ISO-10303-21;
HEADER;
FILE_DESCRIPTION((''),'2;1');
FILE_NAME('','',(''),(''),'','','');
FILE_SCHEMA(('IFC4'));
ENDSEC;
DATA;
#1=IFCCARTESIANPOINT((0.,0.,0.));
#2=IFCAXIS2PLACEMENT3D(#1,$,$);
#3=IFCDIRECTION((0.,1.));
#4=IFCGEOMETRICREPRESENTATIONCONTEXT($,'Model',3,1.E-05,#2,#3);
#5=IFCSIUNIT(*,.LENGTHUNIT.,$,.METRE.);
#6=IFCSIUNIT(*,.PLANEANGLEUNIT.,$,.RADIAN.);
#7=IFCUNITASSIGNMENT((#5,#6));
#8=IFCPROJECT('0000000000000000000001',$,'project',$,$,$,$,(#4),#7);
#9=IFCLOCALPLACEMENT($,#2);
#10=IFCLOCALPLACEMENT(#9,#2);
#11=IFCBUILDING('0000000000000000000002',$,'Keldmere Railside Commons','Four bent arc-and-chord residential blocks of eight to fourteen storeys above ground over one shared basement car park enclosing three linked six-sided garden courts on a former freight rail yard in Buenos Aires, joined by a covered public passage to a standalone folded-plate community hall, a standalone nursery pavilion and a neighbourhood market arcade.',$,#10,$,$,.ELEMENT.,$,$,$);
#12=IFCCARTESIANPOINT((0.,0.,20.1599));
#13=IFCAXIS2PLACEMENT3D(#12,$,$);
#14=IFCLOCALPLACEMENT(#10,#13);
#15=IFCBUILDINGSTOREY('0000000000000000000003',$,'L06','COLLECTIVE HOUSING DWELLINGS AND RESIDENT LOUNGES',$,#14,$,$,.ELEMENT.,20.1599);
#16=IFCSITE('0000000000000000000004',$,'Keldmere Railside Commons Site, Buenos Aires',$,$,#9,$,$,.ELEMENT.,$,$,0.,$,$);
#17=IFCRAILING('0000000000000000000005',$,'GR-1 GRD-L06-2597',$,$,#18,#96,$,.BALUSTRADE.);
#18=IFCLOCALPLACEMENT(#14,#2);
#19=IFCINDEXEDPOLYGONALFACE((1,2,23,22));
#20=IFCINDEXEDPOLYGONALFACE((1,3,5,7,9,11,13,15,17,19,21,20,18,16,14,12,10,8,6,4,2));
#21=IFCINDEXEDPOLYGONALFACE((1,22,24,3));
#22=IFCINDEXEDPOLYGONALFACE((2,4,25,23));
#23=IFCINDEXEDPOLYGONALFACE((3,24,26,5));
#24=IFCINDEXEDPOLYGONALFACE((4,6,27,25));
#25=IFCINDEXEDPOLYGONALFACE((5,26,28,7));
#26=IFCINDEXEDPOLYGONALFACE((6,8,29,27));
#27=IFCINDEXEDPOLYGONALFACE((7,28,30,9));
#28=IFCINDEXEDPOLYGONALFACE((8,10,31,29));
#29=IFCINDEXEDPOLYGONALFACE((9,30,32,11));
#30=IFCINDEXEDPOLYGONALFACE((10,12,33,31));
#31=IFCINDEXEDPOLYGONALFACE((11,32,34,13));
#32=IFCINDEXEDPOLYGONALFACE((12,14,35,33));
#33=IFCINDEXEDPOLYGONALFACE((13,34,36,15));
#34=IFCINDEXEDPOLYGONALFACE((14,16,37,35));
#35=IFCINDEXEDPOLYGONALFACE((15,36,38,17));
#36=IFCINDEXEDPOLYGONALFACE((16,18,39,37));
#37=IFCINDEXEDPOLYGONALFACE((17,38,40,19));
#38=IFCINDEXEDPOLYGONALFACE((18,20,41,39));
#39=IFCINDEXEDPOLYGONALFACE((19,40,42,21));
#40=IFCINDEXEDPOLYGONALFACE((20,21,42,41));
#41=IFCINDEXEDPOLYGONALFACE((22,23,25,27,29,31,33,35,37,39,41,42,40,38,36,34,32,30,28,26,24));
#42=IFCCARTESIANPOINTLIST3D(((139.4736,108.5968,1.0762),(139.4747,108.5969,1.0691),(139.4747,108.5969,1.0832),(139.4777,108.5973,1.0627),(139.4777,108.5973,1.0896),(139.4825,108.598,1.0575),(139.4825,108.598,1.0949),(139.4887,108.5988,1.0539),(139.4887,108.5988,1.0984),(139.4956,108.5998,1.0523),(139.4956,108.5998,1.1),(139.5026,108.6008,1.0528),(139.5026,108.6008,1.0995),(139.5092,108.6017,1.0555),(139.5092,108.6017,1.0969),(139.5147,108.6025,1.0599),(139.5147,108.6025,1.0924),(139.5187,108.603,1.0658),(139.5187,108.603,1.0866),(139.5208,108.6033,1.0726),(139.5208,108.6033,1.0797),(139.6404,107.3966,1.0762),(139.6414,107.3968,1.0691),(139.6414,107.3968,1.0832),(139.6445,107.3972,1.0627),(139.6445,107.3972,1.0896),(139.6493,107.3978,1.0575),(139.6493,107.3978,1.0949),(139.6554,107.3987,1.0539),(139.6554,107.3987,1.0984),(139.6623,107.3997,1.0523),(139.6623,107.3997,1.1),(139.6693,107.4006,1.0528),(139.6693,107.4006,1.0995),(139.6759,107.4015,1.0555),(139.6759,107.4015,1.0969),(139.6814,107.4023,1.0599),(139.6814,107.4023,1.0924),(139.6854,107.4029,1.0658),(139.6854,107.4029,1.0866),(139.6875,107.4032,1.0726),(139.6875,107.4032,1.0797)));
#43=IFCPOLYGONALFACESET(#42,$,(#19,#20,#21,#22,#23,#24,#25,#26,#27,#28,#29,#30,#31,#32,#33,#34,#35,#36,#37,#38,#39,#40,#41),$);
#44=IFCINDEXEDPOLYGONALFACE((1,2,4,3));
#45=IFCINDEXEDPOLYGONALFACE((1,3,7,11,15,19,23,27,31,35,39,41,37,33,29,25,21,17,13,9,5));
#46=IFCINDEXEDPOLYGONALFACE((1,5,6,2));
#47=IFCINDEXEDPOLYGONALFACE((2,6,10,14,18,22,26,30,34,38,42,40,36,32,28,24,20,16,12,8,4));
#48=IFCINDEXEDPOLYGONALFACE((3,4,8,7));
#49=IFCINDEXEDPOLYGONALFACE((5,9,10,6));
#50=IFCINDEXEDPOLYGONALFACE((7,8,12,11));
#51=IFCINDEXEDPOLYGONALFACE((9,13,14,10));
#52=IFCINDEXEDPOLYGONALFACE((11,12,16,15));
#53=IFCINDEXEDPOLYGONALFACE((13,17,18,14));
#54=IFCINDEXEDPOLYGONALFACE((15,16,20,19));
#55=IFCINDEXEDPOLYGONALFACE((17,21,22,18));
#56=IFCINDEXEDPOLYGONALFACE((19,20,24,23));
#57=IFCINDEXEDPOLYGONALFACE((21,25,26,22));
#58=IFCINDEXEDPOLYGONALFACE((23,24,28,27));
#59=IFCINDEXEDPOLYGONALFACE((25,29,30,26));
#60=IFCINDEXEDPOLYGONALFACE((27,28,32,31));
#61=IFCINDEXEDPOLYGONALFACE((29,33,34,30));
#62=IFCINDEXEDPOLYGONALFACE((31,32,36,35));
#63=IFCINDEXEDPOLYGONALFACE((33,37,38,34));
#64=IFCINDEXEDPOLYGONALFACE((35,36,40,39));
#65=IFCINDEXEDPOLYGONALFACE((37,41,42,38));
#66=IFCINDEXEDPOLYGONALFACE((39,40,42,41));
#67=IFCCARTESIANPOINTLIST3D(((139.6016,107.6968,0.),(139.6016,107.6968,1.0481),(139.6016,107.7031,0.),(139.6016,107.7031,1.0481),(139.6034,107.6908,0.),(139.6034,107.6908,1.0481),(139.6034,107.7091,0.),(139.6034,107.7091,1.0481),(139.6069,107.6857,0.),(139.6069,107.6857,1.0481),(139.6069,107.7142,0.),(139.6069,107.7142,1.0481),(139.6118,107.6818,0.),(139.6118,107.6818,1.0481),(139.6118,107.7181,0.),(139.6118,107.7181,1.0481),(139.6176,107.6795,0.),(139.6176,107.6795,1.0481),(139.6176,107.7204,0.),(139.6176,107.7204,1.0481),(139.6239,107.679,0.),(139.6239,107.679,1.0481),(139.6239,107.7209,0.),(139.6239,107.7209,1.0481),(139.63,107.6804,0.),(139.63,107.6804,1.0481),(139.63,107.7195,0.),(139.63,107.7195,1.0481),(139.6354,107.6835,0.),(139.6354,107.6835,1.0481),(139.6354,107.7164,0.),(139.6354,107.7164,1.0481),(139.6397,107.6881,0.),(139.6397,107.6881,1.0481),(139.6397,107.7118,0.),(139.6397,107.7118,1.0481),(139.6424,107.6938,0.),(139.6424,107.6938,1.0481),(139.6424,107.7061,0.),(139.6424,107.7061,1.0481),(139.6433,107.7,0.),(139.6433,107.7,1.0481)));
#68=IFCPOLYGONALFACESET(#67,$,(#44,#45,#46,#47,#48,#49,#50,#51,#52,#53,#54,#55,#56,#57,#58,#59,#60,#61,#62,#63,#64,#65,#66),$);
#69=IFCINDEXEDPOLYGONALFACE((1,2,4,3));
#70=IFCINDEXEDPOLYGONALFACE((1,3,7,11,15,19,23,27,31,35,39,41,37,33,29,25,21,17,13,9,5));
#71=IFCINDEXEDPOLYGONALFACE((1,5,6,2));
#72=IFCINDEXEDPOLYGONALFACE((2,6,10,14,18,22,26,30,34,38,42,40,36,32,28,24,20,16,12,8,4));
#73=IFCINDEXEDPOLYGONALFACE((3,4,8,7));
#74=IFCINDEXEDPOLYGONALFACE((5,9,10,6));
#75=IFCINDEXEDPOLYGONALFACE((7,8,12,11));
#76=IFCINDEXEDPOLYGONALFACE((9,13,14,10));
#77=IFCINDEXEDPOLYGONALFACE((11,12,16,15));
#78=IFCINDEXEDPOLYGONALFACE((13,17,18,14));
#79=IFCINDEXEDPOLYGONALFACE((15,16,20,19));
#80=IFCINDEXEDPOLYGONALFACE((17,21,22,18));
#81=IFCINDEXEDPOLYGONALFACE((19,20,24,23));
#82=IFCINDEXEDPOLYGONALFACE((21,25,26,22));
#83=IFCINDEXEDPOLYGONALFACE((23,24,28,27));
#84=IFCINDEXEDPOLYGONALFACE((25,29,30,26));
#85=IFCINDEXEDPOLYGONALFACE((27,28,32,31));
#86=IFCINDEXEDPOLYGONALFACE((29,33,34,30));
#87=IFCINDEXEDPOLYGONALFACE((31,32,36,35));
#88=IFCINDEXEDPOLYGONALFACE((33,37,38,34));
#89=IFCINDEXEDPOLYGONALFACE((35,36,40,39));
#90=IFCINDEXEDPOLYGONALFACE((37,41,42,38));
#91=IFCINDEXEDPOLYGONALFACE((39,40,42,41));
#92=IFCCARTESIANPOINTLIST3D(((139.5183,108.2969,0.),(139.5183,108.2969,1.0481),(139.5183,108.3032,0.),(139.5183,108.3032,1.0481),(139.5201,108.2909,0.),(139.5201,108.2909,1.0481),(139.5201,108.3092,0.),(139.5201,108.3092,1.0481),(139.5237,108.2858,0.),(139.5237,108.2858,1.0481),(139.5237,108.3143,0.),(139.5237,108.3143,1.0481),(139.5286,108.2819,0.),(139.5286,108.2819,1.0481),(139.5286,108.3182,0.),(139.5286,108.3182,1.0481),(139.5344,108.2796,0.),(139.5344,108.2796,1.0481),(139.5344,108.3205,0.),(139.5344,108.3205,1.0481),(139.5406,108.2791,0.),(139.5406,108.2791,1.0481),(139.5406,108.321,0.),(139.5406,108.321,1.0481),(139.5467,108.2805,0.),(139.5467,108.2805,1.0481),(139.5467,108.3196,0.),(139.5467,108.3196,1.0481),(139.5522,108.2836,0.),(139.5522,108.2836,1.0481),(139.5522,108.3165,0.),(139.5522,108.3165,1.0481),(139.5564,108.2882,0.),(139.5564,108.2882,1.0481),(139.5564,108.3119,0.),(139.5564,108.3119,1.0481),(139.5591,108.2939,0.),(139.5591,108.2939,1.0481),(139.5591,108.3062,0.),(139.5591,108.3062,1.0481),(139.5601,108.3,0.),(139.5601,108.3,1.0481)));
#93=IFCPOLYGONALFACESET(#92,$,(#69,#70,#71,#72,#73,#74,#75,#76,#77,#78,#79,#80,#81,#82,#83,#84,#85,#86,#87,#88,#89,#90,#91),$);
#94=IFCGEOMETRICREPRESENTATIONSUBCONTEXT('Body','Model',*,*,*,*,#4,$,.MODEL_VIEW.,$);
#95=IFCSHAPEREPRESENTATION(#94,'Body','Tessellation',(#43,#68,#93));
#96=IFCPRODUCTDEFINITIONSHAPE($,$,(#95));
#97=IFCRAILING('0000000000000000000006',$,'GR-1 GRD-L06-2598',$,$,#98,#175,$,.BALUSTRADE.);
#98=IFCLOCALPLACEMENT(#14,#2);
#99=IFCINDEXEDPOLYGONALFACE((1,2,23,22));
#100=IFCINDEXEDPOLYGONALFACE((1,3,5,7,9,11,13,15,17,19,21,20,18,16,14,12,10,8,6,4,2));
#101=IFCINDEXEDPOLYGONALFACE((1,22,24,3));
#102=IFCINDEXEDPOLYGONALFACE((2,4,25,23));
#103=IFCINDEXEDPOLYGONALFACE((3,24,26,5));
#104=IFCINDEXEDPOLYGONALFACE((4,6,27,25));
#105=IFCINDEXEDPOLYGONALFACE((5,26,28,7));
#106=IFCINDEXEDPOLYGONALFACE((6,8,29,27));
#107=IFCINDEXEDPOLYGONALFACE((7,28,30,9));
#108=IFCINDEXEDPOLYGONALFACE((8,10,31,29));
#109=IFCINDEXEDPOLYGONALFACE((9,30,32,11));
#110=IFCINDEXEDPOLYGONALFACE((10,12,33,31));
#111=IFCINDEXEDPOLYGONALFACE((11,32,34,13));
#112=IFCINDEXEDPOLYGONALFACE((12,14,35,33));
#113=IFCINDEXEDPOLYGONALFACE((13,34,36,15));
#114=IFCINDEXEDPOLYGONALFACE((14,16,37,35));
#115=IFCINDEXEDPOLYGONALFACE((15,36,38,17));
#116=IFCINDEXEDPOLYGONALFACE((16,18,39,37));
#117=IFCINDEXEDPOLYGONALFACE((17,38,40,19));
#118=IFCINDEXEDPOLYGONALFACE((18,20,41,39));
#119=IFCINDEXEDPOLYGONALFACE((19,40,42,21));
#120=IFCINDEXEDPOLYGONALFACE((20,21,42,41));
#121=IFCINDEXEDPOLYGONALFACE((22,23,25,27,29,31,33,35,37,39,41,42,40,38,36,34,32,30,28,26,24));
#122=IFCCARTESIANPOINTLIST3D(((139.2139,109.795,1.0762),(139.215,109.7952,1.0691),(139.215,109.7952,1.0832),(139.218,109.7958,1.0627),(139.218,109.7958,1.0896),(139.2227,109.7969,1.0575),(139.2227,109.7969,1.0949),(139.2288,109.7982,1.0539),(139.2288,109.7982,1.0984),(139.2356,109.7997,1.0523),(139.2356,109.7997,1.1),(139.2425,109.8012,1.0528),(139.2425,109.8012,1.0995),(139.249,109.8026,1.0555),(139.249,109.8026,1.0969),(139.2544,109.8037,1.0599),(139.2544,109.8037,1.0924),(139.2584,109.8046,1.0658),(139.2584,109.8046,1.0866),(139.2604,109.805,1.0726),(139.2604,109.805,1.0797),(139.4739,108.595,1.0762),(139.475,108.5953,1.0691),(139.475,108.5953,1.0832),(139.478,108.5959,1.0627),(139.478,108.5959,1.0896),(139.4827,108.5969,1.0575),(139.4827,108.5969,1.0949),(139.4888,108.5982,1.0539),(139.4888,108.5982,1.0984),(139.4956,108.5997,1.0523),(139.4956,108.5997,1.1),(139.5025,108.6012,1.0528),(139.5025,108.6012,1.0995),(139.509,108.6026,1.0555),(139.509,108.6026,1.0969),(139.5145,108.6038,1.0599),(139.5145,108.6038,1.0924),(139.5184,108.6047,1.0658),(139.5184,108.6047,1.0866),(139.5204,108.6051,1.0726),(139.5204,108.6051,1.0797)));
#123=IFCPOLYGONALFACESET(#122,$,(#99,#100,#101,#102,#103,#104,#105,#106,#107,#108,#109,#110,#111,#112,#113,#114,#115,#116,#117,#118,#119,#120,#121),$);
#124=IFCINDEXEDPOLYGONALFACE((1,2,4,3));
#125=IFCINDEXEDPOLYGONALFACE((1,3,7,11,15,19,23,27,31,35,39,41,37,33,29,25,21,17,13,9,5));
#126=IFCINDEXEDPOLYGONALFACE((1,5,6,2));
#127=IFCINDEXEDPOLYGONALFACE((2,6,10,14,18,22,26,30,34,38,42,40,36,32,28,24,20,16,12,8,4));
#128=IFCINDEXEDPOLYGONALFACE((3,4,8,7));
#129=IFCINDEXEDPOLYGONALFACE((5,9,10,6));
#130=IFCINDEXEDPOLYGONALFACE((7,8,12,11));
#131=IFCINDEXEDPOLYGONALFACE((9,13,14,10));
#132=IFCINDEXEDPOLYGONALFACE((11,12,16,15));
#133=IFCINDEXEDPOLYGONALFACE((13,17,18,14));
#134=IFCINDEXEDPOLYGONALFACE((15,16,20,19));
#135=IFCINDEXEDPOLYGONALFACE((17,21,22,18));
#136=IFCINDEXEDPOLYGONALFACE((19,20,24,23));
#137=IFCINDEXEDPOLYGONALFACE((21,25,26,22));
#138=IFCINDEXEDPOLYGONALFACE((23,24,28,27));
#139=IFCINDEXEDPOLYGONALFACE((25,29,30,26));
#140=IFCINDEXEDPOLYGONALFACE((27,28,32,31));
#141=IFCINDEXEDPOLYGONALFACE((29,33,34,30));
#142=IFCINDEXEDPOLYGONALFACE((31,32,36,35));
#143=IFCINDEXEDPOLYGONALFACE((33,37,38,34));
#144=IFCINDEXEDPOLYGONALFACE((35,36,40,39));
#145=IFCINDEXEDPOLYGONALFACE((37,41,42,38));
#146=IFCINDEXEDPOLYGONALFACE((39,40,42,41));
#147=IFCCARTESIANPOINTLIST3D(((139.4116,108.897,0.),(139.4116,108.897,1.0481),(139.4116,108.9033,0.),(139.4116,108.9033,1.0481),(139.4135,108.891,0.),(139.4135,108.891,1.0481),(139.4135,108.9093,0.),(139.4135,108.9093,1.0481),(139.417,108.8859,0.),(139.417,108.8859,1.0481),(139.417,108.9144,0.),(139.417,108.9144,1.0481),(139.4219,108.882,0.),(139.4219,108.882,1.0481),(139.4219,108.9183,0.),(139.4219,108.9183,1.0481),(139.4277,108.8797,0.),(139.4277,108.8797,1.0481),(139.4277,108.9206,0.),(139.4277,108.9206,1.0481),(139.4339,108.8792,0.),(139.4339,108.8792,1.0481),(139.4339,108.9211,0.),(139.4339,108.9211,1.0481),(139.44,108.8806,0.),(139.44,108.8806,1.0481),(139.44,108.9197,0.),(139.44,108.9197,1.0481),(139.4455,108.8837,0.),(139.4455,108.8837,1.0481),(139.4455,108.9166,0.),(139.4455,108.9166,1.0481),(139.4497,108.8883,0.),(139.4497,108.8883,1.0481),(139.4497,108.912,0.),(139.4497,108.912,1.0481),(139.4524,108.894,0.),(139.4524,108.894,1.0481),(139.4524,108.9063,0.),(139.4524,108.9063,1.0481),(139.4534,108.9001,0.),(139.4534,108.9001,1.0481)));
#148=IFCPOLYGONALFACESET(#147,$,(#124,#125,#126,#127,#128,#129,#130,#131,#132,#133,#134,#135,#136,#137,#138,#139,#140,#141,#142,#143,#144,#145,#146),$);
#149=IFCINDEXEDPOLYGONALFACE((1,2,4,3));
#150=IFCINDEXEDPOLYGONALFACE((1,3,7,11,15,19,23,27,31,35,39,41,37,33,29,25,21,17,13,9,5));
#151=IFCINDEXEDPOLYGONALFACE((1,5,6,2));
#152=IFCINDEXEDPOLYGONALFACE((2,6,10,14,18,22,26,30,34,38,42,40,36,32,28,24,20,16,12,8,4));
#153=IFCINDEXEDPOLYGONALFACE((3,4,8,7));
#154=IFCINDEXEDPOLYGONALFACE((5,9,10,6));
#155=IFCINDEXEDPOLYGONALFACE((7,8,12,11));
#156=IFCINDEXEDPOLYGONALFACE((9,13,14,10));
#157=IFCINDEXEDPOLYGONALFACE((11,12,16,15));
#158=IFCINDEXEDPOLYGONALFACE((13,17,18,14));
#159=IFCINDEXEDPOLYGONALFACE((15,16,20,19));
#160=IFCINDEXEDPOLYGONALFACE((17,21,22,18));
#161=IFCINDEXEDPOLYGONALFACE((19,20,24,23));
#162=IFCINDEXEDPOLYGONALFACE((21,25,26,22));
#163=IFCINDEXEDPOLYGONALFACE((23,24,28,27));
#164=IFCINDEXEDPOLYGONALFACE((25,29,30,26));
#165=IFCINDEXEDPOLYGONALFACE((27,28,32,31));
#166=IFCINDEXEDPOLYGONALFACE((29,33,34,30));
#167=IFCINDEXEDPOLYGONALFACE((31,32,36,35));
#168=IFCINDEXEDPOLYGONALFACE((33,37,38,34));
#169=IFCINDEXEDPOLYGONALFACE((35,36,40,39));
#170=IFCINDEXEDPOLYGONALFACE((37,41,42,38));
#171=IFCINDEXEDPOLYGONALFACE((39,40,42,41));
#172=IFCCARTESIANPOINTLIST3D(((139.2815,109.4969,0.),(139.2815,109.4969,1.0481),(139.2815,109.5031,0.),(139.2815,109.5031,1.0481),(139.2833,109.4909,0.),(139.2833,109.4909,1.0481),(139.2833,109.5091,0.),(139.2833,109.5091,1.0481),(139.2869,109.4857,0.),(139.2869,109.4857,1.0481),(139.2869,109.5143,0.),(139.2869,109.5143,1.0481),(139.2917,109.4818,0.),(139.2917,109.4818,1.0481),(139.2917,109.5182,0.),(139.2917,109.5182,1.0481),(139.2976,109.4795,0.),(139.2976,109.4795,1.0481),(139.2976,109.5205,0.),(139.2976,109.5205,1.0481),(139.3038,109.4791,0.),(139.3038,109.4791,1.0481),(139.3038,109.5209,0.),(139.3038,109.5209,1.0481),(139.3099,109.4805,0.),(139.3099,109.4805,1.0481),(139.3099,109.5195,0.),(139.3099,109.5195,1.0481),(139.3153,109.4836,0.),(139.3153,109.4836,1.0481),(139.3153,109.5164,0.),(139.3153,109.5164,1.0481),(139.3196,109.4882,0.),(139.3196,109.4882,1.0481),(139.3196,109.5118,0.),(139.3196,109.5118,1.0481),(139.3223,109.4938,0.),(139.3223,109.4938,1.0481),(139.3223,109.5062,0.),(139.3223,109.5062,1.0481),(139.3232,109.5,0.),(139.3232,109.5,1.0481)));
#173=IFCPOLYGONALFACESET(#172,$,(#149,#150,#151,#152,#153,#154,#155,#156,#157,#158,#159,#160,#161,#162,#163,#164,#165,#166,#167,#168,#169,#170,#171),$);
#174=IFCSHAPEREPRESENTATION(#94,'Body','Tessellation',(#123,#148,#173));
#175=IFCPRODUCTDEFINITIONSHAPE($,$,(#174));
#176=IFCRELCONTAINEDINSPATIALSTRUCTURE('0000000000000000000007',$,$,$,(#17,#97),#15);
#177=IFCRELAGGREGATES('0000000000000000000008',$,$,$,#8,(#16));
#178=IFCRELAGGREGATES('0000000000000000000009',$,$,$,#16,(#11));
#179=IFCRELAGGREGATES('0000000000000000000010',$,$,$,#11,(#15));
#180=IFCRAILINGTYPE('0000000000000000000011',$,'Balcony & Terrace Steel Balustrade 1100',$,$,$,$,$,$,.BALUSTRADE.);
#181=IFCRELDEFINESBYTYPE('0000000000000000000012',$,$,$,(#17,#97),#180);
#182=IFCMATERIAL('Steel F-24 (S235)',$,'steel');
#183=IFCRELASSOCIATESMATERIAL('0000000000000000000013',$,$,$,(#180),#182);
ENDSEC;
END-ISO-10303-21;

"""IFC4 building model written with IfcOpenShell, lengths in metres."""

from ifc_helpers import new_model, si_unit, direction, frame, origin, origin_2d, place, context, subcontext, project, spatial, circle, extrude, material, type_object, element, save


model = new_model("IFC4")

# Units and contexts
model_context = context("Model", 3, precision=1e-05, world=origin(), true_north=direction((0.0, 1.0)))
body_context = subcontext(model_context, "Body", "Model", "MODEL_VIEW")
ifc_project = project(units=[si_unit("LENGTHUNIT", "METRE"), si_unit("PLANEANGLEUNIT", "RADIAN")], contexts=[model_context])

# Site, building, storey
site_placement = place(None, origin())
site = spatial("IfcSite", under=ifc_project, at=site_placement, Name="Keldmere Railside Commons Site, Buenos Aires", CompositionType="ELEMENT", RefElevation=0.0)
building_placement = place(site_placement, origin())
building = spatial("IfcBuilding", under=site, at=building_placement, Name="Keldmere Railside Commons", Description="Four bent arc-and-chord residential blocks of eight to fourteen storeys above ground over one shared basement car park enclosing three linked six-sided garden courts on a former freight rail yard in Buenos Aires, joined by a covered public passage to a standalone folded-plate community hall, a standalone nursery pavilion and a neighbourhood market arcade.", CompositionType="ELEMENT")
storey_placement = place(building_placement, frame((0.0, 0.0, 20.1599)))
storey = spatial("IfcBuildingStorey", under=building, at=storey_placement, Name="L06", Description="COLLECTIVE HOUSING DWELLINGS AND RESIDENT LOUNGES", CompositionType="ELEMENT", Elevation=20.1599)

# Shared definitions
ifc_material_1 = material(Name="Steel F-24 (S235)", Category="steel")

# Railings
railing_type_1 = type_object("IfcRailingType", Name="Balcony & Terrace Steel Balustrade 1100", PredefinedType="BALUSTRADE", material=ifc_material_1)
railing_1_placement = place(storey_placement, frame((139.6641, 107.3999, 0.0)))
element("IfcRailing", 1, at=railing_1_placement, inside=storey, type_object=railing_type_1, Name="GR-1 GRD-L06-2597", PredefinedType="BALUSTRADE", context=body_context, shape_type="SweptSolid", body=[
    extrude(circle(Radius=0.0239, at=origin_2d()), frame((0.0, 0.0, 1.0762), z_axis=(-0.137612, 0.990486, 0.0), x_axis=(-0.990486, -0.137612, 0.0)), (0.0, 0.0, 1.0), 1.2117),
    extrude(circle(Radius=0.021, at=origin_2d()), frame((-0.0417, 0.3, 0.0)), (0.0, 0.0, 1.0), 1.0481),
    extrude(circle(Radius=0.021, at=origin_2d()), frame((-0.125, 0.9001, 0.0)), (0.0, 0.0, 1.0), 1.0481),
])
railing_2_placement = place(storey_placement, frame((139.4973, 108.6001, 0.0)))
element("IfcRailing", 2, at=railing_2_placement, inside=storey, type_object=railing_type_1, Name="GR-1 GRD-L06-2598", PredefinedType="BALUSTRADE", context=body_context, shape_type="SweptSolid", body=[
    extrude(circle(Radius=0.0239, at=origin_2d()), frame((0.0, 0.0, 1.0762), z_axis=(-0.211769, 0.97732, 0.0), x_axis=(-0.97732, -0.211769, 0.0)), (0.0, 0.0, 1.0), 1.2278),
    extrude(circle(Radius=0.021, at=origin_2d()), frame((-0.0649, 0.3, 0.0)), (0.0, 0.0, 1.0), 1.0481),
    extrude(circle(Radius=0.021, at=origin_2d()), frame((-0.1951, 0.8999, 0.0)), (0.0, 0.0, 1.0), 1.0481),
])

save(model, "model.ifc")
